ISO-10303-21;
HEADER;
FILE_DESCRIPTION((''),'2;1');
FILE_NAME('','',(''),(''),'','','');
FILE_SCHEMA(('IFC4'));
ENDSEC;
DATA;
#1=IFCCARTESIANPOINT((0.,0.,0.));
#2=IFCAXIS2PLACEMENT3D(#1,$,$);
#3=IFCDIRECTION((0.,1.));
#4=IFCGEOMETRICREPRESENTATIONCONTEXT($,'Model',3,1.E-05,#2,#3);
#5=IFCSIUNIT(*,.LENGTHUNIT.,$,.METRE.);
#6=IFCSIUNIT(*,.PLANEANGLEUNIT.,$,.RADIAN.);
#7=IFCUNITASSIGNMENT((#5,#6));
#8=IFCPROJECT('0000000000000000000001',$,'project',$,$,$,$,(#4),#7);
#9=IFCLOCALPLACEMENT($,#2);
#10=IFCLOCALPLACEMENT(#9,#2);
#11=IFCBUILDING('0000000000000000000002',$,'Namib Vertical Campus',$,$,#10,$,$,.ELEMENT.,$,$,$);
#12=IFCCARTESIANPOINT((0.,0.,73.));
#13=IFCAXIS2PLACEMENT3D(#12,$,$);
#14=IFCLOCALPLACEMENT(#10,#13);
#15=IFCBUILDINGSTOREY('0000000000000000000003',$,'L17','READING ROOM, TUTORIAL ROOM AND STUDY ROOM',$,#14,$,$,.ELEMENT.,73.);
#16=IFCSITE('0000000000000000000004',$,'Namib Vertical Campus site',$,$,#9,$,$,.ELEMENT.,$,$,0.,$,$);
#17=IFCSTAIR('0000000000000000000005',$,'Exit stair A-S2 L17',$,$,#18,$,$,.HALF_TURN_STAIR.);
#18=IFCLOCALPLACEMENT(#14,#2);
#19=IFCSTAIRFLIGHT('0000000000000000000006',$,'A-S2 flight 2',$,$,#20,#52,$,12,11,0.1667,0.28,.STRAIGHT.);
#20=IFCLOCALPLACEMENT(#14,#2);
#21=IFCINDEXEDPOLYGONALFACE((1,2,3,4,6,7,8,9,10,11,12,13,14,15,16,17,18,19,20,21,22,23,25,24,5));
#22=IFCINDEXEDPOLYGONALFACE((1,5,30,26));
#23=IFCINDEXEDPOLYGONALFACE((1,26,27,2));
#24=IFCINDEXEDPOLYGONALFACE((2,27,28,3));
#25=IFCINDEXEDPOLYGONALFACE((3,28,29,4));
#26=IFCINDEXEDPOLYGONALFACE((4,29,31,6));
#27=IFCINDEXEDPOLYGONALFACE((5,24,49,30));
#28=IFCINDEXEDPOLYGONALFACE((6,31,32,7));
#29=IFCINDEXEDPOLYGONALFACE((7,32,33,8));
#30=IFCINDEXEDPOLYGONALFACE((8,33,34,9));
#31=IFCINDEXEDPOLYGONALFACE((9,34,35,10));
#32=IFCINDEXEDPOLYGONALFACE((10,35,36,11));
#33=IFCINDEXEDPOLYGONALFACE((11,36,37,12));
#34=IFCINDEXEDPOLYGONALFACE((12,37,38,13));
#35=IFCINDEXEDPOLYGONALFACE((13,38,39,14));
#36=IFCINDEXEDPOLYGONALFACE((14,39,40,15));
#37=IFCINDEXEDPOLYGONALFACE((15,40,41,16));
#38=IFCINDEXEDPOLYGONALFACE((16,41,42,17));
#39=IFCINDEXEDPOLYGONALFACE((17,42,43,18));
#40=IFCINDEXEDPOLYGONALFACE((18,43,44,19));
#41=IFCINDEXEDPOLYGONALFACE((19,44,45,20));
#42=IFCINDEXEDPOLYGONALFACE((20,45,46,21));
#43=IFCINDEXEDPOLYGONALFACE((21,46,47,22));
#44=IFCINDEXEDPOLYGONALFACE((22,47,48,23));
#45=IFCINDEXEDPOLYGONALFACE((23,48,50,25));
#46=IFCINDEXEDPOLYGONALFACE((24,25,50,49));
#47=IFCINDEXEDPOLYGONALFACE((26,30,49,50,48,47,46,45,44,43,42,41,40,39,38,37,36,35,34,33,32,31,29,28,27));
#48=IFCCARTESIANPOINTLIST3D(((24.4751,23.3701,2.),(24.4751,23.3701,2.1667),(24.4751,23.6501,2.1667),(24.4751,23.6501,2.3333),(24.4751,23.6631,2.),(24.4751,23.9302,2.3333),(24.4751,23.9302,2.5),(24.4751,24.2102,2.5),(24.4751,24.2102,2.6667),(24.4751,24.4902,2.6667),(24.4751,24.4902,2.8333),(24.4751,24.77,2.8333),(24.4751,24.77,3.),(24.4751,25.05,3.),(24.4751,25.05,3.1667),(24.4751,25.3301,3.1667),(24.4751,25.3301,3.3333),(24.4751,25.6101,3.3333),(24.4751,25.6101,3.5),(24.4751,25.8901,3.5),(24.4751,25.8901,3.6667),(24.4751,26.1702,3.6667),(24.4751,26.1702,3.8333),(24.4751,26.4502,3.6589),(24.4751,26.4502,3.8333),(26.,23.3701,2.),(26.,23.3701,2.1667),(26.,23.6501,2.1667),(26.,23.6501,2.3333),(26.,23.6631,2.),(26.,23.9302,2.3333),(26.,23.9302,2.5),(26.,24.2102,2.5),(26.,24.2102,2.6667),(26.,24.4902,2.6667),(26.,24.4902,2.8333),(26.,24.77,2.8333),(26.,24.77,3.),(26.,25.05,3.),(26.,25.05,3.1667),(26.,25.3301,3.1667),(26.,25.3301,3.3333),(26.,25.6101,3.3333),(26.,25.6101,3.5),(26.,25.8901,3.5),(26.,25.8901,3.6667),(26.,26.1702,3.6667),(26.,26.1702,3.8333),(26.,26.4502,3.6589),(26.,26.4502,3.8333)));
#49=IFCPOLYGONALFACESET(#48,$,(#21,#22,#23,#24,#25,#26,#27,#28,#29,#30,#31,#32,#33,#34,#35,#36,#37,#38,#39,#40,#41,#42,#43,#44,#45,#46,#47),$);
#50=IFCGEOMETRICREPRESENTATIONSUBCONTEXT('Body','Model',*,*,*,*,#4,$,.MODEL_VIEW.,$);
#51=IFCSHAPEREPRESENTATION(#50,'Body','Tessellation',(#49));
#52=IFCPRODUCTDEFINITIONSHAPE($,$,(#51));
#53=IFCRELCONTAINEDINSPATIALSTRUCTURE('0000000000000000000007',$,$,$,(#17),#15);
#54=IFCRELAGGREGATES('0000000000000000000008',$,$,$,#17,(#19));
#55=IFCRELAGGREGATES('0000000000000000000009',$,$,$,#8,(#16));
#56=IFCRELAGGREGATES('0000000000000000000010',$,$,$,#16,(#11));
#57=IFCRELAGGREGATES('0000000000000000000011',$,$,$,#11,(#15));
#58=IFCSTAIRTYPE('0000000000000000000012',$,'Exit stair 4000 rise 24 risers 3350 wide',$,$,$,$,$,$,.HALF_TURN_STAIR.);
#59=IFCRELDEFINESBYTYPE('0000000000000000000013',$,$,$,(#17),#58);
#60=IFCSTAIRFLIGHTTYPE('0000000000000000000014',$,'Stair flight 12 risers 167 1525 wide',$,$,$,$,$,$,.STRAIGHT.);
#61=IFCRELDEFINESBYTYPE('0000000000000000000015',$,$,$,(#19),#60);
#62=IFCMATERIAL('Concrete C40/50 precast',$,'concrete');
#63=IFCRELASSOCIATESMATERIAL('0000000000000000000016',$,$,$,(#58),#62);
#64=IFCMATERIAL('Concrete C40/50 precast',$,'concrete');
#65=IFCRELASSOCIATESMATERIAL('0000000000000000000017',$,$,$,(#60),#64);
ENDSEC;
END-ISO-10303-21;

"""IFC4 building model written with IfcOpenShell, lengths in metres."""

from ifc_helpers import new_model, si_unit, direction, frame, origin, place, context, subcontext, project, spatial, polyline, outline, extrude, material, type_object, element, aggregate, save


model = new_model("IFC4")

# Units and contexts
model_context = context("Model", 3, precision=1e-05, world=origin(), true_north=direction((0.0, 1.0)))
body_context = subcontext(model_context, "Body", "Model", "MODEL_VIEW")
ifc_project = project(units=[si_unit("LENGTHUNIT", "METRE"), si_unit("PLANEANGLEUNIT", "RADIAN")], contexts=[model_context])

# Site, building, storey
site_placement = place(None, origin())
site = spatial("IfcSite", under=ifc_project, at=site_placement, Name="Namib Vertical Campus site", CompositionType="ELEMENT", RefElevation=0.0)
building_placement = place(site_placement, origin())
building = spatial("IfcBuilding", under=site, at=building_placement, Name="Namib Vertical Campus", CompositionType="ELEMENT")
storey_placement = place(building_placement, frame((0.0, 0.0, 73.0)))
storey = spatial("IfcBuildingStorey", under=building, at=storey_placement, Name="L17", Description="READING ROOM, TUTORIAL ROOM AND STUDY ROOM", CompositionType="ELEMENT", Elevation=73.0)

# Stair, stair flight
ifc_material_1 = material(Name="Concrete C40/50 precast", Category="concrete")
stair_type = type_object("IfcStairType", Name="Exit stair 4000 rise 24 risers 3350 wide", PredefinedType="HALF_TURN_STAIR", material=ifc_material_1)
stair_placement = place(storey_placement, origin())
stair = element("IfcStair", 1, at=stair_placement, inside=storey, type_object=stair_type, Name="Exit stair A-S2 L17", PredefinedType="HALF_TURN_STAIR")
ifc_material_2 = material(Name="Concrete C40/50 precast", Category="concrete")
stair_flight_type = type_object("IfcStairFlightType", Name="Stair flight 12 risers 167 1525 wide", PredefinedType="STRAIGHT", material=ifc_material_2)
stair_flight_1_placement = place(storey_placement, frame((25.2375, 23.3701, 2.0), z_axis=(0.0, 0.0, 1.0), x_axis=(0.0, 1.0, 0.0)))
stair_flight_1 = element("IfcStairFlight", 2, at=stair_flight_1_placement, type_object=stair_flight_type, Name="A-S2 flight 2", NumberOfRisers=12, NumberOfTreads=11, PredefinedType="STRAIGHT", RiserHeight=0.1667, TreadLength=0.28, context=body_context, shape_type="SweptSolid", body=[
    extrude(outline(polyline([(0.0, 0.0), (0.0, 0.1667), (0.28, 0.1667), (0.28, 0.3333), (0.5601, 0.3333), (0.5601, 0.5), (0.8401, 0.5), (0.8401, 0.6667), (1.1201, 0.6667), (1.1201, 0.8333), (1.3999, 0.8333), (1.3999, 1.0), (1.6799, 1.0), (1.6799, 1.1667), (1.96, 1.1667), (1.96, 1.3333), (2.24, 1.3333), (2.24, 1.5), (2.52, 1.5), (2.52, 1.6667), (2.8, 1.6667), (2.8, 1.8333), (3.0801, 1.8333), (3.0801, 2.0), (3.0801, 1.6589), (0.293, 0.0), (0.0, 0.0)])), frame((0.0, 0.7625, 0.0), z_axis=(0.0, -1.0, 0.0), x_axis=(1.0, 0.0, 0.0)), (0.0, 0.0, 1.0), 1.5249),
])
aggregate(stair, [stair_flight_1])

save(model, "model.ifc")
